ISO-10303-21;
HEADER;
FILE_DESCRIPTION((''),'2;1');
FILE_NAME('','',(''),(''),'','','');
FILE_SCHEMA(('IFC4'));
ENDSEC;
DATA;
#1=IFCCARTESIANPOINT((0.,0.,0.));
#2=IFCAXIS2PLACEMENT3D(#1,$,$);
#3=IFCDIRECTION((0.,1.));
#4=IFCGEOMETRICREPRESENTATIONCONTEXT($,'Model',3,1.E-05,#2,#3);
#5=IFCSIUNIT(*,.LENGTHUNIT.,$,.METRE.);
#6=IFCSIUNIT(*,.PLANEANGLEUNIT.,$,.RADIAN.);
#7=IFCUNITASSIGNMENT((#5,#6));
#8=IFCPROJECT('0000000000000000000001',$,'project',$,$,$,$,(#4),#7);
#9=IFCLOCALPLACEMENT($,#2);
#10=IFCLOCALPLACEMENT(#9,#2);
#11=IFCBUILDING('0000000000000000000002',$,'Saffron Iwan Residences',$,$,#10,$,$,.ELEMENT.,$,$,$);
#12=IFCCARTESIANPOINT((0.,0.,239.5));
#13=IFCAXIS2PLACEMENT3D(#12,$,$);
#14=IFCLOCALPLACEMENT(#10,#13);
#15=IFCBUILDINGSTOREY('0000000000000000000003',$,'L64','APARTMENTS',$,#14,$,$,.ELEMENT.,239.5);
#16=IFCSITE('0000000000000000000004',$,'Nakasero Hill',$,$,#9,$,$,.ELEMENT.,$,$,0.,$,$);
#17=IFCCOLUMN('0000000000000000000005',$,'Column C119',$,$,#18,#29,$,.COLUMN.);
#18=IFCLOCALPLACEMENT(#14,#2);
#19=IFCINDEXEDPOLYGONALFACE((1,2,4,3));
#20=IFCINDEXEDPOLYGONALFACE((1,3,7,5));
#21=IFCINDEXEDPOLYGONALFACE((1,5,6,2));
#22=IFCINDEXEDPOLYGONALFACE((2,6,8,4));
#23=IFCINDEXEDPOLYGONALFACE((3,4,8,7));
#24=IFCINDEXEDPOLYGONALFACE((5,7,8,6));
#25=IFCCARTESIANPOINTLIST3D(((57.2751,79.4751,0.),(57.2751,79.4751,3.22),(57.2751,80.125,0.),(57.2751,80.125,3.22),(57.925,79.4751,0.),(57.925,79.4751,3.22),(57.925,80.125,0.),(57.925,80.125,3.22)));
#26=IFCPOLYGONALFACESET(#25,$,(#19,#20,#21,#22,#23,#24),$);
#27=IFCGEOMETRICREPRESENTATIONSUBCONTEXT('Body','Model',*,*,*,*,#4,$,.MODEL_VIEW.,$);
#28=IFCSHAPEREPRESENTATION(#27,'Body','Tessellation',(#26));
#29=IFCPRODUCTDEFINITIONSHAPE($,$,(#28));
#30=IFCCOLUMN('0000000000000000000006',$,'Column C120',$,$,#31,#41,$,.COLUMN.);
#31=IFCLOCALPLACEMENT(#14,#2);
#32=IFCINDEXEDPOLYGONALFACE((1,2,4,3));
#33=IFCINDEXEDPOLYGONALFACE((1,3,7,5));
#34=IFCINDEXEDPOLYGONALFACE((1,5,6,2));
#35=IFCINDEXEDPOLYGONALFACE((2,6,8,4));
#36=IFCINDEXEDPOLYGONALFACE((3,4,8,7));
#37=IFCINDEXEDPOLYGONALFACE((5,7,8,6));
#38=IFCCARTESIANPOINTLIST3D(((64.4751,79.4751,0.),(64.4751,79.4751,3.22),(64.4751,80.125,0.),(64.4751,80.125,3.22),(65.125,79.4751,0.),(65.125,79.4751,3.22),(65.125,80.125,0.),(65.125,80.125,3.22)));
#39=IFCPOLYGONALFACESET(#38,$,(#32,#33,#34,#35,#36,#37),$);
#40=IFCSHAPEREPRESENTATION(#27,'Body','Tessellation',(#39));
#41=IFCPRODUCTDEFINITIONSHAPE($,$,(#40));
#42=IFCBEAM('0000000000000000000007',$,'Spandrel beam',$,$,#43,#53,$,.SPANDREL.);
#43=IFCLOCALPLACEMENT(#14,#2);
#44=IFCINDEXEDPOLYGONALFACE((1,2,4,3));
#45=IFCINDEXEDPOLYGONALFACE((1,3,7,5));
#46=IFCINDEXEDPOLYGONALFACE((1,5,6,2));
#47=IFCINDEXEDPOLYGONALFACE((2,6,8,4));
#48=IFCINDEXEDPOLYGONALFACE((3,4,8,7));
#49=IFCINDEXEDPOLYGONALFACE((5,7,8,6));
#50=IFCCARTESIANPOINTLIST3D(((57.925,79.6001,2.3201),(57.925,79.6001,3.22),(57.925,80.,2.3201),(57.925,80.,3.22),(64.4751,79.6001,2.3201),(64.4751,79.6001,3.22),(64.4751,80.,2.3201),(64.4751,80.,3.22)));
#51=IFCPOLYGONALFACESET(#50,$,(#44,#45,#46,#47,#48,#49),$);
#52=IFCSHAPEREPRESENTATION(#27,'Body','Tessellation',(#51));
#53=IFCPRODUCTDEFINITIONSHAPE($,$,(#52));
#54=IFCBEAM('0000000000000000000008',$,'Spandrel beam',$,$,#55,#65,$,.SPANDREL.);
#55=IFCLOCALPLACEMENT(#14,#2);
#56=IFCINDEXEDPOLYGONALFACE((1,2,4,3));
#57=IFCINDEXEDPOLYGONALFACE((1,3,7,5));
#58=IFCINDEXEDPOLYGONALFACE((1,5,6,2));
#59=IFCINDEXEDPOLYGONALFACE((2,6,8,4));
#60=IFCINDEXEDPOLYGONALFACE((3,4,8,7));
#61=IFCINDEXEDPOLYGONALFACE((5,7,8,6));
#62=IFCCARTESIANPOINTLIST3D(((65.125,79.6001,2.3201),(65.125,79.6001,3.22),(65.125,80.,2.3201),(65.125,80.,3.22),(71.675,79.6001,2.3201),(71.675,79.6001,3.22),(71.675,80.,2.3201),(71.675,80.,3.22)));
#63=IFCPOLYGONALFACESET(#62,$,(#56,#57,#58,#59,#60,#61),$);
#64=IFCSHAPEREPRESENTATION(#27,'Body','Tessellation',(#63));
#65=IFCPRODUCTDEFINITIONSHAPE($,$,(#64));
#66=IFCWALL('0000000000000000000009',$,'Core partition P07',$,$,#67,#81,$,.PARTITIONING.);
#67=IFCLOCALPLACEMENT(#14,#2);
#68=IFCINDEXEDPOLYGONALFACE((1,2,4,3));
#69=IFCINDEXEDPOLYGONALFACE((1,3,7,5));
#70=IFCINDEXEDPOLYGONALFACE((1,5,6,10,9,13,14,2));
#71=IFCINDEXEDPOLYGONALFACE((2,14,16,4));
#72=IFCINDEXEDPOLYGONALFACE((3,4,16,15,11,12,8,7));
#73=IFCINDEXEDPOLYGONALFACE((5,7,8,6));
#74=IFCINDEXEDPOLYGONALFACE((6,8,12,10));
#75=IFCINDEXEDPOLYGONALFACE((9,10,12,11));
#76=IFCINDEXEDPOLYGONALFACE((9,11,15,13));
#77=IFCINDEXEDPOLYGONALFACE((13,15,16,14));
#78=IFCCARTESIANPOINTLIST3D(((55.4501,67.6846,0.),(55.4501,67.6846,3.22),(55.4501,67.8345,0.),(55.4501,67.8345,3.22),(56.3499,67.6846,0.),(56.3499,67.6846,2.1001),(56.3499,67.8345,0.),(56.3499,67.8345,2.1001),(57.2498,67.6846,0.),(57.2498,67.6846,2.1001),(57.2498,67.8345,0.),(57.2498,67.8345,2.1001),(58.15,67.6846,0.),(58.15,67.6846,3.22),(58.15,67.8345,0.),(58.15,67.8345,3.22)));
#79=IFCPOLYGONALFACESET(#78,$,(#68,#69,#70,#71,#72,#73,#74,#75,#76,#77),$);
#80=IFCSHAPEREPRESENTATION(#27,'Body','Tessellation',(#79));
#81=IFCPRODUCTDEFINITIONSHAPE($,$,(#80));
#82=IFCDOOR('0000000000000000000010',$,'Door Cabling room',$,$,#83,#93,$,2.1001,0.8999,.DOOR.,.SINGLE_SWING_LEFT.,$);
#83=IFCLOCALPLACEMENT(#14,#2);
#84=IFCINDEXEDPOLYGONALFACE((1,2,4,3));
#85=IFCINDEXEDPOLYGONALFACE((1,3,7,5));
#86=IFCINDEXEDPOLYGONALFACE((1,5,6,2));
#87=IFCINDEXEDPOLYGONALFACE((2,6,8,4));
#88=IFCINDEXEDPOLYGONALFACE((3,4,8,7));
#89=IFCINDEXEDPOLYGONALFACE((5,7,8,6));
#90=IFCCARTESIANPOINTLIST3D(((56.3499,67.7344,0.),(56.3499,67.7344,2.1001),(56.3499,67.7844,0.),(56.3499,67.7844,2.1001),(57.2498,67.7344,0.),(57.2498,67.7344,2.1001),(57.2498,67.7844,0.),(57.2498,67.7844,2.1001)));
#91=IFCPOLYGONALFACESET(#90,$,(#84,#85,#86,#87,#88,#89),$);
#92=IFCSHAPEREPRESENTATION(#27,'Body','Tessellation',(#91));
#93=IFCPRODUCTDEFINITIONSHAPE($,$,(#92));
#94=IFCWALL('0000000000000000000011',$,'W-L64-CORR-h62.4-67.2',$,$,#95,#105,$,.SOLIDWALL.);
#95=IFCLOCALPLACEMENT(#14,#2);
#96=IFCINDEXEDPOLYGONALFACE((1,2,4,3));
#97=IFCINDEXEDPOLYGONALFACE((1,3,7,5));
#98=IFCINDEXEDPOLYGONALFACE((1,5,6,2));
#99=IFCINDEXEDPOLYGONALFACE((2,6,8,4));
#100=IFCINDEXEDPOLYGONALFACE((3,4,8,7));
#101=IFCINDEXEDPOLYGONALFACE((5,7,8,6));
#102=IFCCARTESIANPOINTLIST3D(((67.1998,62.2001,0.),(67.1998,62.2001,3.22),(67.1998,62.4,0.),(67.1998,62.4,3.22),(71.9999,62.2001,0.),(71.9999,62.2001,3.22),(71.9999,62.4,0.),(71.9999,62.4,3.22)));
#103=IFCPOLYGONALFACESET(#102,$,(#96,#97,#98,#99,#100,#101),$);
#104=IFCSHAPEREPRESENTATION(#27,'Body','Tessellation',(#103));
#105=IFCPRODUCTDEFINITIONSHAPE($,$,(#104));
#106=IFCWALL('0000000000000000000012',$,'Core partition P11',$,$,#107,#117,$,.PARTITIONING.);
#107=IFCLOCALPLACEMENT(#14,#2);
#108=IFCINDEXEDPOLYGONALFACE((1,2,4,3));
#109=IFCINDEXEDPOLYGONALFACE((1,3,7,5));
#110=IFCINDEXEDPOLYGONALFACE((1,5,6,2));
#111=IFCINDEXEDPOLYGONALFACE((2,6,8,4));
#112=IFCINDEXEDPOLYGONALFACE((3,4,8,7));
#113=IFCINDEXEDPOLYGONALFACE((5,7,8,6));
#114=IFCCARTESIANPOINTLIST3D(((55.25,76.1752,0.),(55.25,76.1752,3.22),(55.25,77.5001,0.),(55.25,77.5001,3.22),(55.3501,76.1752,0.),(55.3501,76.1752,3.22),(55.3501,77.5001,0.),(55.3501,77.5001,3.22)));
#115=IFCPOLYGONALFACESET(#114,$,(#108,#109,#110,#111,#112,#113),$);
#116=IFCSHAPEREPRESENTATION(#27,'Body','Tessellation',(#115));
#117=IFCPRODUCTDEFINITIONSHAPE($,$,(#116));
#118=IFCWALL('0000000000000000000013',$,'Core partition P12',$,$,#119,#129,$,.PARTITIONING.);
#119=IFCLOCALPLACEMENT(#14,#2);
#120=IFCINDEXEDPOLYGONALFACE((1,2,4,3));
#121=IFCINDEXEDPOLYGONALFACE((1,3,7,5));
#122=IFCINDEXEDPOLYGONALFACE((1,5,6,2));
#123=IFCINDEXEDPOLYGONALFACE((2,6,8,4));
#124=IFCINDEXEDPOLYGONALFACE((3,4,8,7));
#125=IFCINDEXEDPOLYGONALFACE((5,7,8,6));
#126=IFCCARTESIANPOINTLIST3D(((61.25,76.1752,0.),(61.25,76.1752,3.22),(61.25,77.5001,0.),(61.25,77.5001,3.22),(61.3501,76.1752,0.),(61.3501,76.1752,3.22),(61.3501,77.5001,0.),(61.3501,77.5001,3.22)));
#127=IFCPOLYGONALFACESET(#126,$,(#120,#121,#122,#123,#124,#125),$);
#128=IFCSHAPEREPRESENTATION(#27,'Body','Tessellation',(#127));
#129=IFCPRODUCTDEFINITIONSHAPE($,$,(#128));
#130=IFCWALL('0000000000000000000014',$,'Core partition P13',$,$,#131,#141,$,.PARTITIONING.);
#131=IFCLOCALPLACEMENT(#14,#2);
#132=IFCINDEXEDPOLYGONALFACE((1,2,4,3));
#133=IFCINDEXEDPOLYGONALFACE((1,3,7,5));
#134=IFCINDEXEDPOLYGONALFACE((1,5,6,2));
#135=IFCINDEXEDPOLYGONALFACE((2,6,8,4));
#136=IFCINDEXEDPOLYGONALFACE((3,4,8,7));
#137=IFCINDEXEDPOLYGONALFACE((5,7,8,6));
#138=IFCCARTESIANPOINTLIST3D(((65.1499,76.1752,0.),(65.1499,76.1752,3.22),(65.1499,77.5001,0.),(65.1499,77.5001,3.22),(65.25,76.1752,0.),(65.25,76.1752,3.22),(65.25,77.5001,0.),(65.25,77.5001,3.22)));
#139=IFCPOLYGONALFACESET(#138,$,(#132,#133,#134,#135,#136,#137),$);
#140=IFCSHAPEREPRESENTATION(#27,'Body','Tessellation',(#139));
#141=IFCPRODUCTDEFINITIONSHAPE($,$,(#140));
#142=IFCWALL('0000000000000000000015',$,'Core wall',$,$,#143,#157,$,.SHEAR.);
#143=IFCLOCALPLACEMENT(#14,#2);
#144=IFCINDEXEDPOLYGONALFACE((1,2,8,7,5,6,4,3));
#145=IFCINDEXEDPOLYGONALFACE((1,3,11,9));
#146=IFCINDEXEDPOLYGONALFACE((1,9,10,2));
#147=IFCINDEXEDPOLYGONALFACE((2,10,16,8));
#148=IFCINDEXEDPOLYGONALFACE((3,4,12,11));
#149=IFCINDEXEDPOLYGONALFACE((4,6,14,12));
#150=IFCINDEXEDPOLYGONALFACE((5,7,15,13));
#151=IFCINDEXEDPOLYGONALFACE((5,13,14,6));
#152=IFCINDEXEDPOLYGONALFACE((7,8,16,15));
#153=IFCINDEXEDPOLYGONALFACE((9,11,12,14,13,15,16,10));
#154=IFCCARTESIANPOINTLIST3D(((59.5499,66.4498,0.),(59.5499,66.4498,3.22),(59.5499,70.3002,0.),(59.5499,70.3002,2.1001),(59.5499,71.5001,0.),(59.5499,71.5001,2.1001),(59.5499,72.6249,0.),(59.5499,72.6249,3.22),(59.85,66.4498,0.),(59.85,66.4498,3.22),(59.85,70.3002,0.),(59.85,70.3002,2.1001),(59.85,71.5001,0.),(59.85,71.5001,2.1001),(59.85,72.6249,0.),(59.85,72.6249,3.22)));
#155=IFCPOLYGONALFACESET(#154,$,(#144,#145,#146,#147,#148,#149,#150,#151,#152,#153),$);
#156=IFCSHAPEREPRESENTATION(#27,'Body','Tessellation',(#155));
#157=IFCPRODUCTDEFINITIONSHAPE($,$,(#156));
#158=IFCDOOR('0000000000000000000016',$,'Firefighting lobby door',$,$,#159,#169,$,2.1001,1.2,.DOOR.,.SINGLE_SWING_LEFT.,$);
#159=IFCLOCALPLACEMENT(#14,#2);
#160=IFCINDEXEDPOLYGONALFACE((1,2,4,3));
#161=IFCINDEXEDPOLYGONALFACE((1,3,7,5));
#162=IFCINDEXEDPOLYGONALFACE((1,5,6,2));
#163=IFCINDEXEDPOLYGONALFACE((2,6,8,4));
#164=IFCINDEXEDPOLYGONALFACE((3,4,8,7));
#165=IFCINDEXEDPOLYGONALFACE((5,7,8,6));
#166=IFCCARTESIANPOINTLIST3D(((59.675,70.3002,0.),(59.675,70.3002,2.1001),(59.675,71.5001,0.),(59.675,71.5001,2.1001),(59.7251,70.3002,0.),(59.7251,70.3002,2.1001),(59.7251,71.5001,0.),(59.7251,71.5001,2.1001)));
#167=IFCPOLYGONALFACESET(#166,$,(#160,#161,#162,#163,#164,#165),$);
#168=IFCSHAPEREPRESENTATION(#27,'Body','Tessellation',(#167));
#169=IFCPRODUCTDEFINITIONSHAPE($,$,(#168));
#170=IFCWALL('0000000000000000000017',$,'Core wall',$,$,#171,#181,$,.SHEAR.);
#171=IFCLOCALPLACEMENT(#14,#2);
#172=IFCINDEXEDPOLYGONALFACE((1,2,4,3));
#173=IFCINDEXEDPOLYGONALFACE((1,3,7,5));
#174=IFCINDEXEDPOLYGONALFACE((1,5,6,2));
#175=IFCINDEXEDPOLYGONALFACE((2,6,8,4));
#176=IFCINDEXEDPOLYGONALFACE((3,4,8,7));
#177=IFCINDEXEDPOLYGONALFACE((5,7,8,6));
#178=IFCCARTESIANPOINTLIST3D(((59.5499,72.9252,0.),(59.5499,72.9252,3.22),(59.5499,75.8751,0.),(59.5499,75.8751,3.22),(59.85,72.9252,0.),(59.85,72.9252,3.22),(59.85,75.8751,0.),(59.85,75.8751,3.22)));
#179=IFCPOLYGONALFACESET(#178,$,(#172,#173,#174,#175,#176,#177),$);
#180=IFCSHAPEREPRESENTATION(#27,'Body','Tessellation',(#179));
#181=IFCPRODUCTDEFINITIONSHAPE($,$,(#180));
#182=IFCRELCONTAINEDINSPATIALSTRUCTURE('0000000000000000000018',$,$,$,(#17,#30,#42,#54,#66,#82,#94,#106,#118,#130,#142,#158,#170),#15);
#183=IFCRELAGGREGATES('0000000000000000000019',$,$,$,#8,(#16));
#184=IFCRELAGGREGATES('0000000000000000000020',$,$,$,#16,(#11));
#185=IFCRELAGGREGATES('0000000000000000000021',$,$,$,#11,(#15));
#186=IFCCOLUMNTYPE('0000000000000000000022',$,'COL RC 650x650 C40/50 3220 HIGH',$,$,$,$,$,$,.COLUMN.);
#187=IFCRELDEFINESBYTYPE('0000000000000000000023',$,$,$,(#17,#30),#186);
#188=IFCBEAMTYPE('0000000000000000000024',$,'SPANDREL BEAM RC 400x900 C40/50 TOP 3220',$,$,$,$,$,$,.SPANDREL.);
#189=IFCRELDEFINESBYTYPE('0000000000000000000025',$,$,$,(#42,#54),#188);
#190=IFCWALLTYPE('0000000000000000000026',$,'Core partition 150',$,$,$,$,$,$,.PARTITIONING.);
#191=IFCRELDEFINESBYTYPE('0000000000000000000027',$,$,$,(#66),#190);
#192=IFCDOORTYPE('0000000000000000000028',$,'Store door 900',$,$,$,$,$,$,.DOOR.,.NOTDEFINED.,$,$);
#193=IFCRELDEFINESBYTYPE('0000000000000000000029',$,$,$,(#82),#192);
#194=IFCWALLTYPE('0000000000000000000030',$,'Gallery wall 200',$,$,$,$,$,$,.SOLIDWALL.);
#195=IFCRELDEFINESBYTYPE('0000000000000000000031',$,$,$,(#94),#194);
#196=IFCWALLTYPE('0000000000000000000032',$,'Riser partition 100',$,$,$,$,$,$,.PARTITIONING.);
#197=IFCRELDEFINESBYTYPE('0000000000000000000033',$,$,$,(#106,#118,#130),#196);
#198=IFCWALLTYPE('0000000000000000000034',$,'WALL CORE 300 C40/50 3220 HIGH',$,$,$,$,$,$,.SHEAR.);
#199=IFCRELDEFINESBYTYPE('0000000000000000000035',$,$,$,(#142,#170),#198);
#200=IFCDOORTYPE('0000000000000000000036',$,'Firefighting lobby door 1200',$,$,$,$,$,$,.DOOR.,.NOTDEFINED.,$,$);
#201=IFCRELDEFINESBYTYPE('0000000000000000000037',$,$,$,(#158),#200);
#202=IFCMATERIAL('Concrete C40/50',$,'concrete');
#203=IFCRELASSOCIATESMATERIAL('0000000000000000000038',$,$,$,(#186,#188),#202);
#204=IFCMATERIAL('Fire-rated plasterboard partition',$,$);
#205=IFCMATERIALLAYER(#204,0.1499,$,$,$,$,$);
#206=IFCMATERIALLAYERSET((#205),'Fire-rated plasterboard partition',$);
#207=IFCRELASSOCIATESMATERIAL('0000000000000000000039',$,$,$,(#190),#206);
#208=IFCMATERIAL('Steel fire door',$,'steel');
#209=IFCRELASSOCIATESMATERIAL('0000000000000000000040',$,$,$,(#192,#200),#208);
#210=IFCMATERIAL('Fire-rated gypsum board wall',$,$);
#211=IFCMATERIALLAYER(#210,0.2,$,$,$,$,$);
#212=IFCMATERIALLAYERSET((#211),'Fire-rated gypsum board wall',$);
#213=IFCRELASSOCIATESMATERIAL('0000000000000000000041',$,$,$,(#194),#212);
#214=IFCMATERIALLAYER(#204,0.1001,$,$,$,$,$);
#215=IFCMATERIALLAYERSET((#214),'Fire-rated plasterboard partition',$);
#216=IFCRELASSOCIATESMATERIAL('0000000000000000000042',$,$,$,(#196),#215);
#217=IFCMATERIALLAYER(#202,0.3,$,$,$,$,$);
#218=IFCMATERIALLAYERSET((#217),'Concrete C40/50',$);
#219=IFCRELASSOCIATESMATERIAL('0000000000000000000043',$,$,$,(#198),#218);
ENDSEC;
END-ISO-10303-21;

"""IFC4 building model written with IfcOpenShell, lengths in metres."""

from ifc_helpers import new_model, si_unit, direction, frame, frame_2d, origin, origin_2d, place, context, subcontext, project, spatial, rectangle, extrude, source, transform, mapped, material, layer, layer_set, material_profile, profile_set, type_object, element, fill, save


model = new_model("IFC4")

# Units and contexts
model_context = context("Model", 3, precision=1e-05, world=origin(), true_north=direction((0.0, 1.0)))
body_context = subcontext(model_context, "Body", "Model", "MODEL_VIEW")
ifc_project = project(units=[si_unit("LENGTHUNIT", "METRE"), si_unit("PLANEANGLEUNIT", "RADIAN")], contexts=[model_context])

# Site, building, storey
site_placement = place(None, origin())
site = spatial("IfcSite", under=ifc_project, at=site_placement, Name="Nakasero Hill", CompositionType="ELEMENT", RefElevation=0.0)
building_placement = place(site_placement, origin())
building = spatial("IfcBuilding", under=site, at=building_placement, Name="Saffron Iwan Residences", CompositionType="ELEMENT")
storey_placement = place(building_placement, frame((0.0, 0.0, 239.5)))
storey = spatial("IfcBuildingStorey", under=building, at=storey_placement, Name="L64", Description="APARTMENTS", CompositionType="ELEMENT", Elevation=239.5)

# Columns
ifc_material_1 = material(Name="Concrete C40/50", Category="concrete")
ifc_material_profile_1 = material_profile(ifc_material_1, rectangle(XDim=0.6499, YDim=0.6499, at=origin_2d()), Name="RC 650x650")
ifc_profile_set_1 = profile_set([ifc_material_profile_1], Name="Concrete C40/50")
column_type = type_object("IfcColumnType", Name="COL RC 650x650 C40/50 3220 HIGH", PredefinedType="COLUMN", material=ifc_profile_set_1)
shared_shape_1 = source(origin(), body_context, "Body", "SweptSolid", [
    extrude(rectangle(XDim=0.6499, YDim=0.6499, at=origin_2d()), origin(), (0.0, 0.0, 1.0), 3.22),
])
for number, where, z_axis, x_axis, name in (
    (1, (57.6001, 79.8, 0.0), (0.0, 0.0, 1.0), (1.0, 0.0, 0.0), "Column C119"),
    (2, (64.8, 79.8, 0.0), (0.0, 0.0, 1.0), (1.0, 0.0, 0.0), "Column C120"),
):
    element("IfcColumn", number, at=place(storey_placement, frame(where, z_axis=z_axis, x_axis=x_axis)), inside=storey, type_object=column_type, Name=name, PredefinedType="COLUMN", context=body_context, shape_type="MappedRepresentation", body=[
        mapped(shared_shape_1, transform((0.0, 0.0, 0.0))),
    ])

# Beams
ifc_material_profile_2 = material_profile(ifc_material_1, rectangle(XDim=0.3999, YDim=0.8999, at=origin_2d()), Name="RC 400x900")
ifc_profile_set_2 = profile_set([ifc_material_profile_2], Name="Concrete C40/50")
beam_type = type_object("IfcBeamType", Name="SPANDREL BEAM RC 400x900 C40/50 TOP 3220", PredefinedType="SPANDREL", material=ifc_profile_set_2)
shared_shape_2 = source(origin(), body_context, "Body", "SweptSolid", [
    extrude(rectangle(XDim=0.3999, YDim=0.8999, at=origin_2d()), origin(), (0.0, 0.0, 1.0), 6.55),
])
for number, where, z_axis, x_axis, name in (
    (3, (57.925, 79.8, 2.77), (1.0, 0.0, 0.0), (0.0, 1.0, 0.0), "Spandrel beam"),
    (4, (65.125, 79.8, 2.77), (1.0, 0.0, 0.0), (0.0, 1.0, 0.0), "Spandrel beam"),
):
    element("IfcBeam", number, at=place(storey_placement, frame(where, z_axis=z_axis, x_axis=x_axis)), inside=storey, type_object=beam_type, Name=name, PredefinedType="SPANDREL", context=body_context, shape_type="MappedRepresentation", body=[
        mapped(shared_shape_2, transform((0.0, 0.0, 0.0))),
    ])

# Wall, opening, door
ifc_material_2 = material(Name="Fire-rated plasterboard partition")
ifc_layer_1 = layer(ifc_material_2, 0.1499)
ifc_layer_set_1 = layer_set([ifc_layer_1], Name="Fire-rated plasterboard partition")
wall_type_1 = type_object("IfcWallType", Name="Core partition 150", PredefinedType="PARTITIONING", material=ifc_layer_set_1)
wall_1_placement = place(storey_placement, frame((55.45, 67.7595, 0.0), z_axis=(0.0, 0.0, 1.0), x_axis=(1.0, 0.0, 0.0)))
wall_1 = element("IfcWall", 5, at=wall_1_placement, inside=storey, type_object=wall_type_1, Name="Core partition P07", PredefinedType="PARTITIONING", context=body_context, shape_type="SweptSolid", body=[
    extrude(rectangle(XDim=2.7, YDim=0.1499, at=frame_2d((1.3501, 0.0))), origin(), (0.0, 0.0, 1.0), 3.22),
])
opening_1_placement = place(wall_1_placement, frame((0.8999, 0.0, 0.0)))
opening_1 = element("IfcOpeningElement", 6, at=opening_1_placement, cuts=wall_1, PredefinedType="OPENING", context=body_context, shape_type="SweptSolid", body=[
    extrude(rectangle(XDim=0.8999, YDim=2.1001, at=frame_2d((0.45, 1.05))), frame((0.0, 0.085, 0.0), z_axis=(0.0, -1.0, 0.0), x_axis=(1.0, 0.0, 0.0)), (0.0, 0.0, 1.0), 0.1699),
])
ifc_material_3 = material(Name="Steel fire door", Category="steel")
door_type_1 = type_object("IfcDoorType", Name="Store door 900", OperationType="NOTDEFINED", PredefinedType="DOOR", material=ifc_material_3)
door_1_placement = place(opening_1_placement, origin())
door_1 = element("IfcDoor", 7, at=door_1_placement, inside=storey, type_object=door_type_1, Name="Door Cabling room", OperationType="SINGLE_SWING_LEFT", OverallHeight=2.1001, OverallWidth=0.8999, PredefinedType="DOOR", context=body_context, shape_type="SweptSolid", body=[
    extrude(rectangle(XDim=0.8999, YDim=2.1001, at=frame_2d((0.45, 1.05))), frame((0.0, 0.0249, 0.0), z_axis=(0.0, -1.0, 0.0), x_axis=(1.0, 0.0, 0.0)), (0.0, 0.0, 1.0), 0.05),
])
fill(opening_1, door_1)

# Walls
ifc_material_4 = material(Name="Fire-rated gypsum board wall")
ifc_layer_2 = layer(ifc_material_4, 0.2)
ifc_layer_set_2 = layer_set([ifc_layer_2], Name="Fire-rated gypsum board wall")
wall_type_2 = type_object("IfcWallType", Name="Gallery wall 200", PredefinedType="SOLIDWALL", material=ifc_layer_set_2)
wall_2_placement = place(storey_placement, frame((67.2, 62.3, 0.0), z_axis=(0.0, 0.0, 1.0), x_axis=(1.0, 0.0, 0.0)))
element("IfcWall", 8, at=wall_2_placement, inside=storey, type_object=wall_type_2, Name="W-L64-CORR-h62.4-67.2", PredefinedType="SOLIDWALL", context=body_context, shape_type="SweptSolid", body=[
    extrude(rectangle(XDim=4.8, YDim=0.2, at=frame_2d((2.3999, 0.0))), origin(), (0.0, 0.0, 1.0), 3.22),
])
ifc_layer_3 = layer(ifc_material_2, 0.1001)
ifc_layer_set_3 = layer_set([ifc_layer_3], Name="Fire-rated plasterboard partition")
wall_type_3 = type_object("IfcWallType", Name="Riser partition 100", PredefinedType="PARTITIONING", material=ifc_layer_set_3)
for number, where, z_axis, x_axis, name in (
    (9, (55.3, 76.175, 0.0), (0.0, 0.0, 1.0), (0.0, 1.0, 0.0), "Core partition P11"),
    (10, (61.3, 76.175, 0.0), (0.0, 0.0, 1.0), (0.0, 1.0, 0.0), "Core partition P12"),
    (11, (65.2, 76.175, 0.0), (0.0, 0.0, 1.0), (0.0, 1.0, 0.0), "Core partition P13"),
):
    element("IfcWall", number, at=place(storey_placement, frame(where, z_axis=z_axis, x_axis=x_axis)), inside=storey, type_object=wall_type_3, Name=name, PredefinedType="PARTITIONING", context=body_context, shape_type="SweptSolid", body=[
        extrude(rectangle(XDim=1.325, YDim=0.1001, at=frame_2d((0.6626, 0.0))), origin(), (0.0, 0.0, 1.0), 3.22),
    ])

# Wall, opening, door
ifc_layer_4 = layer(ifc_material_1, 0.3)
ifc_layer_set_4 = layer_set([ifc_layer_4], Name="Concrete C40/50")
wall_type_4 = type_object("IfcWallType", Name="WALL CORE 300 C40/50 3220 HIGH", PredefinedType="SHEAR", material=ifc_layer_set_4)
wall_3_placement = place(storey_placement, frame((59.7, 66.45, 0.0), z_axis=(0.0, 0.0, 1.0), x_axis=(0.0, 1.0, 0.0)))
wall_3 = element("IfcWall", 12, at=wall_3_placement, inside=storey, type_object=wall_type_4, Name="Core wall", PredefinedType="SHEAR", context=body_context, shape_type="SweptSolid", body=[
    extrude(rectangle(XDim=6.175, YDim=0.3, at=frame_2d((3.0874, 0.0))), origin(), (0.0, 0.0, 1.0), 3.22),
])
opening_2_placement = place(wall_3_placement, frame((3.8501, 0.0, 0.0)))
opening_2 = element("IfcOpeningElement", 13, at=opening_2_placement, cuts=wall_3, PredefinedType="OPENING", context=body_context, shape_type="SweptSolid", body=[
    extrude(rectangle(XDim=1.2, YDim=2.1001, at=frame_2d((0.6001, 1.05))), frame((0.0, 0.1602, 0.0), z_axis=(0.0, -1.0, 0.0), x_axis=(1.0, 0.0, 0.0)), (0.0, 0.0, 1.0), 0.3201),
])
door_type_2 = type_object("IfcDoorType", Name="Firefighting lobby door 1200", OperationType="NOTDEFINED", PredefinedType="DOOR", material=ifc_material_3)
door_2_placement = place(opening_2_placement, origin())
door_2 = element("IfcDoor", 14, at=door_2_placement, inside=storey, type_object=door_type_2, Name="Firefighting lobby door", OperationType="SINGLE_SWING_LEFT", OverallHeight=2.1001, OverallWidth=1.2, PredefinedType="DOOR", context=body_context, shape_type="SweptSolid", body=[
    extrude(rectangle(XDim=1.2, YDim=2.1001, at=frame_2d((0.6001, 1.05))), frame((0.0, 0.0249, 0.0), z_axis=(0.0, -1.0, 0.0), x_axis=(1.0, 0.0, 0.0)), (0.0, 0.0, 1.0), 0.05),
])
fill(opening_2, door_2)

# Wall
wall_4_placement = place(storey_placement, frame((59.7, 72.925, 0.0), z_axis=(0.0, 0.0, 1.0), x_axis=(0.0, 1.0, 0.0)))
element("IfcWall", 15, at=wall_4_placement, inside=storey, type_object=wall_type_4, Name="Core wall", PredefinedType="SHEAR", context=body_context, shape_type="SweptSolid", body=[
    extrude(rectangle(XDim=2.95, YDim=0.3, at=frame_2d((1.4751, 0.0))), origin(), (0.0, 0.0, 1.0), 3.22),
])

save(model, "model.ifc")
